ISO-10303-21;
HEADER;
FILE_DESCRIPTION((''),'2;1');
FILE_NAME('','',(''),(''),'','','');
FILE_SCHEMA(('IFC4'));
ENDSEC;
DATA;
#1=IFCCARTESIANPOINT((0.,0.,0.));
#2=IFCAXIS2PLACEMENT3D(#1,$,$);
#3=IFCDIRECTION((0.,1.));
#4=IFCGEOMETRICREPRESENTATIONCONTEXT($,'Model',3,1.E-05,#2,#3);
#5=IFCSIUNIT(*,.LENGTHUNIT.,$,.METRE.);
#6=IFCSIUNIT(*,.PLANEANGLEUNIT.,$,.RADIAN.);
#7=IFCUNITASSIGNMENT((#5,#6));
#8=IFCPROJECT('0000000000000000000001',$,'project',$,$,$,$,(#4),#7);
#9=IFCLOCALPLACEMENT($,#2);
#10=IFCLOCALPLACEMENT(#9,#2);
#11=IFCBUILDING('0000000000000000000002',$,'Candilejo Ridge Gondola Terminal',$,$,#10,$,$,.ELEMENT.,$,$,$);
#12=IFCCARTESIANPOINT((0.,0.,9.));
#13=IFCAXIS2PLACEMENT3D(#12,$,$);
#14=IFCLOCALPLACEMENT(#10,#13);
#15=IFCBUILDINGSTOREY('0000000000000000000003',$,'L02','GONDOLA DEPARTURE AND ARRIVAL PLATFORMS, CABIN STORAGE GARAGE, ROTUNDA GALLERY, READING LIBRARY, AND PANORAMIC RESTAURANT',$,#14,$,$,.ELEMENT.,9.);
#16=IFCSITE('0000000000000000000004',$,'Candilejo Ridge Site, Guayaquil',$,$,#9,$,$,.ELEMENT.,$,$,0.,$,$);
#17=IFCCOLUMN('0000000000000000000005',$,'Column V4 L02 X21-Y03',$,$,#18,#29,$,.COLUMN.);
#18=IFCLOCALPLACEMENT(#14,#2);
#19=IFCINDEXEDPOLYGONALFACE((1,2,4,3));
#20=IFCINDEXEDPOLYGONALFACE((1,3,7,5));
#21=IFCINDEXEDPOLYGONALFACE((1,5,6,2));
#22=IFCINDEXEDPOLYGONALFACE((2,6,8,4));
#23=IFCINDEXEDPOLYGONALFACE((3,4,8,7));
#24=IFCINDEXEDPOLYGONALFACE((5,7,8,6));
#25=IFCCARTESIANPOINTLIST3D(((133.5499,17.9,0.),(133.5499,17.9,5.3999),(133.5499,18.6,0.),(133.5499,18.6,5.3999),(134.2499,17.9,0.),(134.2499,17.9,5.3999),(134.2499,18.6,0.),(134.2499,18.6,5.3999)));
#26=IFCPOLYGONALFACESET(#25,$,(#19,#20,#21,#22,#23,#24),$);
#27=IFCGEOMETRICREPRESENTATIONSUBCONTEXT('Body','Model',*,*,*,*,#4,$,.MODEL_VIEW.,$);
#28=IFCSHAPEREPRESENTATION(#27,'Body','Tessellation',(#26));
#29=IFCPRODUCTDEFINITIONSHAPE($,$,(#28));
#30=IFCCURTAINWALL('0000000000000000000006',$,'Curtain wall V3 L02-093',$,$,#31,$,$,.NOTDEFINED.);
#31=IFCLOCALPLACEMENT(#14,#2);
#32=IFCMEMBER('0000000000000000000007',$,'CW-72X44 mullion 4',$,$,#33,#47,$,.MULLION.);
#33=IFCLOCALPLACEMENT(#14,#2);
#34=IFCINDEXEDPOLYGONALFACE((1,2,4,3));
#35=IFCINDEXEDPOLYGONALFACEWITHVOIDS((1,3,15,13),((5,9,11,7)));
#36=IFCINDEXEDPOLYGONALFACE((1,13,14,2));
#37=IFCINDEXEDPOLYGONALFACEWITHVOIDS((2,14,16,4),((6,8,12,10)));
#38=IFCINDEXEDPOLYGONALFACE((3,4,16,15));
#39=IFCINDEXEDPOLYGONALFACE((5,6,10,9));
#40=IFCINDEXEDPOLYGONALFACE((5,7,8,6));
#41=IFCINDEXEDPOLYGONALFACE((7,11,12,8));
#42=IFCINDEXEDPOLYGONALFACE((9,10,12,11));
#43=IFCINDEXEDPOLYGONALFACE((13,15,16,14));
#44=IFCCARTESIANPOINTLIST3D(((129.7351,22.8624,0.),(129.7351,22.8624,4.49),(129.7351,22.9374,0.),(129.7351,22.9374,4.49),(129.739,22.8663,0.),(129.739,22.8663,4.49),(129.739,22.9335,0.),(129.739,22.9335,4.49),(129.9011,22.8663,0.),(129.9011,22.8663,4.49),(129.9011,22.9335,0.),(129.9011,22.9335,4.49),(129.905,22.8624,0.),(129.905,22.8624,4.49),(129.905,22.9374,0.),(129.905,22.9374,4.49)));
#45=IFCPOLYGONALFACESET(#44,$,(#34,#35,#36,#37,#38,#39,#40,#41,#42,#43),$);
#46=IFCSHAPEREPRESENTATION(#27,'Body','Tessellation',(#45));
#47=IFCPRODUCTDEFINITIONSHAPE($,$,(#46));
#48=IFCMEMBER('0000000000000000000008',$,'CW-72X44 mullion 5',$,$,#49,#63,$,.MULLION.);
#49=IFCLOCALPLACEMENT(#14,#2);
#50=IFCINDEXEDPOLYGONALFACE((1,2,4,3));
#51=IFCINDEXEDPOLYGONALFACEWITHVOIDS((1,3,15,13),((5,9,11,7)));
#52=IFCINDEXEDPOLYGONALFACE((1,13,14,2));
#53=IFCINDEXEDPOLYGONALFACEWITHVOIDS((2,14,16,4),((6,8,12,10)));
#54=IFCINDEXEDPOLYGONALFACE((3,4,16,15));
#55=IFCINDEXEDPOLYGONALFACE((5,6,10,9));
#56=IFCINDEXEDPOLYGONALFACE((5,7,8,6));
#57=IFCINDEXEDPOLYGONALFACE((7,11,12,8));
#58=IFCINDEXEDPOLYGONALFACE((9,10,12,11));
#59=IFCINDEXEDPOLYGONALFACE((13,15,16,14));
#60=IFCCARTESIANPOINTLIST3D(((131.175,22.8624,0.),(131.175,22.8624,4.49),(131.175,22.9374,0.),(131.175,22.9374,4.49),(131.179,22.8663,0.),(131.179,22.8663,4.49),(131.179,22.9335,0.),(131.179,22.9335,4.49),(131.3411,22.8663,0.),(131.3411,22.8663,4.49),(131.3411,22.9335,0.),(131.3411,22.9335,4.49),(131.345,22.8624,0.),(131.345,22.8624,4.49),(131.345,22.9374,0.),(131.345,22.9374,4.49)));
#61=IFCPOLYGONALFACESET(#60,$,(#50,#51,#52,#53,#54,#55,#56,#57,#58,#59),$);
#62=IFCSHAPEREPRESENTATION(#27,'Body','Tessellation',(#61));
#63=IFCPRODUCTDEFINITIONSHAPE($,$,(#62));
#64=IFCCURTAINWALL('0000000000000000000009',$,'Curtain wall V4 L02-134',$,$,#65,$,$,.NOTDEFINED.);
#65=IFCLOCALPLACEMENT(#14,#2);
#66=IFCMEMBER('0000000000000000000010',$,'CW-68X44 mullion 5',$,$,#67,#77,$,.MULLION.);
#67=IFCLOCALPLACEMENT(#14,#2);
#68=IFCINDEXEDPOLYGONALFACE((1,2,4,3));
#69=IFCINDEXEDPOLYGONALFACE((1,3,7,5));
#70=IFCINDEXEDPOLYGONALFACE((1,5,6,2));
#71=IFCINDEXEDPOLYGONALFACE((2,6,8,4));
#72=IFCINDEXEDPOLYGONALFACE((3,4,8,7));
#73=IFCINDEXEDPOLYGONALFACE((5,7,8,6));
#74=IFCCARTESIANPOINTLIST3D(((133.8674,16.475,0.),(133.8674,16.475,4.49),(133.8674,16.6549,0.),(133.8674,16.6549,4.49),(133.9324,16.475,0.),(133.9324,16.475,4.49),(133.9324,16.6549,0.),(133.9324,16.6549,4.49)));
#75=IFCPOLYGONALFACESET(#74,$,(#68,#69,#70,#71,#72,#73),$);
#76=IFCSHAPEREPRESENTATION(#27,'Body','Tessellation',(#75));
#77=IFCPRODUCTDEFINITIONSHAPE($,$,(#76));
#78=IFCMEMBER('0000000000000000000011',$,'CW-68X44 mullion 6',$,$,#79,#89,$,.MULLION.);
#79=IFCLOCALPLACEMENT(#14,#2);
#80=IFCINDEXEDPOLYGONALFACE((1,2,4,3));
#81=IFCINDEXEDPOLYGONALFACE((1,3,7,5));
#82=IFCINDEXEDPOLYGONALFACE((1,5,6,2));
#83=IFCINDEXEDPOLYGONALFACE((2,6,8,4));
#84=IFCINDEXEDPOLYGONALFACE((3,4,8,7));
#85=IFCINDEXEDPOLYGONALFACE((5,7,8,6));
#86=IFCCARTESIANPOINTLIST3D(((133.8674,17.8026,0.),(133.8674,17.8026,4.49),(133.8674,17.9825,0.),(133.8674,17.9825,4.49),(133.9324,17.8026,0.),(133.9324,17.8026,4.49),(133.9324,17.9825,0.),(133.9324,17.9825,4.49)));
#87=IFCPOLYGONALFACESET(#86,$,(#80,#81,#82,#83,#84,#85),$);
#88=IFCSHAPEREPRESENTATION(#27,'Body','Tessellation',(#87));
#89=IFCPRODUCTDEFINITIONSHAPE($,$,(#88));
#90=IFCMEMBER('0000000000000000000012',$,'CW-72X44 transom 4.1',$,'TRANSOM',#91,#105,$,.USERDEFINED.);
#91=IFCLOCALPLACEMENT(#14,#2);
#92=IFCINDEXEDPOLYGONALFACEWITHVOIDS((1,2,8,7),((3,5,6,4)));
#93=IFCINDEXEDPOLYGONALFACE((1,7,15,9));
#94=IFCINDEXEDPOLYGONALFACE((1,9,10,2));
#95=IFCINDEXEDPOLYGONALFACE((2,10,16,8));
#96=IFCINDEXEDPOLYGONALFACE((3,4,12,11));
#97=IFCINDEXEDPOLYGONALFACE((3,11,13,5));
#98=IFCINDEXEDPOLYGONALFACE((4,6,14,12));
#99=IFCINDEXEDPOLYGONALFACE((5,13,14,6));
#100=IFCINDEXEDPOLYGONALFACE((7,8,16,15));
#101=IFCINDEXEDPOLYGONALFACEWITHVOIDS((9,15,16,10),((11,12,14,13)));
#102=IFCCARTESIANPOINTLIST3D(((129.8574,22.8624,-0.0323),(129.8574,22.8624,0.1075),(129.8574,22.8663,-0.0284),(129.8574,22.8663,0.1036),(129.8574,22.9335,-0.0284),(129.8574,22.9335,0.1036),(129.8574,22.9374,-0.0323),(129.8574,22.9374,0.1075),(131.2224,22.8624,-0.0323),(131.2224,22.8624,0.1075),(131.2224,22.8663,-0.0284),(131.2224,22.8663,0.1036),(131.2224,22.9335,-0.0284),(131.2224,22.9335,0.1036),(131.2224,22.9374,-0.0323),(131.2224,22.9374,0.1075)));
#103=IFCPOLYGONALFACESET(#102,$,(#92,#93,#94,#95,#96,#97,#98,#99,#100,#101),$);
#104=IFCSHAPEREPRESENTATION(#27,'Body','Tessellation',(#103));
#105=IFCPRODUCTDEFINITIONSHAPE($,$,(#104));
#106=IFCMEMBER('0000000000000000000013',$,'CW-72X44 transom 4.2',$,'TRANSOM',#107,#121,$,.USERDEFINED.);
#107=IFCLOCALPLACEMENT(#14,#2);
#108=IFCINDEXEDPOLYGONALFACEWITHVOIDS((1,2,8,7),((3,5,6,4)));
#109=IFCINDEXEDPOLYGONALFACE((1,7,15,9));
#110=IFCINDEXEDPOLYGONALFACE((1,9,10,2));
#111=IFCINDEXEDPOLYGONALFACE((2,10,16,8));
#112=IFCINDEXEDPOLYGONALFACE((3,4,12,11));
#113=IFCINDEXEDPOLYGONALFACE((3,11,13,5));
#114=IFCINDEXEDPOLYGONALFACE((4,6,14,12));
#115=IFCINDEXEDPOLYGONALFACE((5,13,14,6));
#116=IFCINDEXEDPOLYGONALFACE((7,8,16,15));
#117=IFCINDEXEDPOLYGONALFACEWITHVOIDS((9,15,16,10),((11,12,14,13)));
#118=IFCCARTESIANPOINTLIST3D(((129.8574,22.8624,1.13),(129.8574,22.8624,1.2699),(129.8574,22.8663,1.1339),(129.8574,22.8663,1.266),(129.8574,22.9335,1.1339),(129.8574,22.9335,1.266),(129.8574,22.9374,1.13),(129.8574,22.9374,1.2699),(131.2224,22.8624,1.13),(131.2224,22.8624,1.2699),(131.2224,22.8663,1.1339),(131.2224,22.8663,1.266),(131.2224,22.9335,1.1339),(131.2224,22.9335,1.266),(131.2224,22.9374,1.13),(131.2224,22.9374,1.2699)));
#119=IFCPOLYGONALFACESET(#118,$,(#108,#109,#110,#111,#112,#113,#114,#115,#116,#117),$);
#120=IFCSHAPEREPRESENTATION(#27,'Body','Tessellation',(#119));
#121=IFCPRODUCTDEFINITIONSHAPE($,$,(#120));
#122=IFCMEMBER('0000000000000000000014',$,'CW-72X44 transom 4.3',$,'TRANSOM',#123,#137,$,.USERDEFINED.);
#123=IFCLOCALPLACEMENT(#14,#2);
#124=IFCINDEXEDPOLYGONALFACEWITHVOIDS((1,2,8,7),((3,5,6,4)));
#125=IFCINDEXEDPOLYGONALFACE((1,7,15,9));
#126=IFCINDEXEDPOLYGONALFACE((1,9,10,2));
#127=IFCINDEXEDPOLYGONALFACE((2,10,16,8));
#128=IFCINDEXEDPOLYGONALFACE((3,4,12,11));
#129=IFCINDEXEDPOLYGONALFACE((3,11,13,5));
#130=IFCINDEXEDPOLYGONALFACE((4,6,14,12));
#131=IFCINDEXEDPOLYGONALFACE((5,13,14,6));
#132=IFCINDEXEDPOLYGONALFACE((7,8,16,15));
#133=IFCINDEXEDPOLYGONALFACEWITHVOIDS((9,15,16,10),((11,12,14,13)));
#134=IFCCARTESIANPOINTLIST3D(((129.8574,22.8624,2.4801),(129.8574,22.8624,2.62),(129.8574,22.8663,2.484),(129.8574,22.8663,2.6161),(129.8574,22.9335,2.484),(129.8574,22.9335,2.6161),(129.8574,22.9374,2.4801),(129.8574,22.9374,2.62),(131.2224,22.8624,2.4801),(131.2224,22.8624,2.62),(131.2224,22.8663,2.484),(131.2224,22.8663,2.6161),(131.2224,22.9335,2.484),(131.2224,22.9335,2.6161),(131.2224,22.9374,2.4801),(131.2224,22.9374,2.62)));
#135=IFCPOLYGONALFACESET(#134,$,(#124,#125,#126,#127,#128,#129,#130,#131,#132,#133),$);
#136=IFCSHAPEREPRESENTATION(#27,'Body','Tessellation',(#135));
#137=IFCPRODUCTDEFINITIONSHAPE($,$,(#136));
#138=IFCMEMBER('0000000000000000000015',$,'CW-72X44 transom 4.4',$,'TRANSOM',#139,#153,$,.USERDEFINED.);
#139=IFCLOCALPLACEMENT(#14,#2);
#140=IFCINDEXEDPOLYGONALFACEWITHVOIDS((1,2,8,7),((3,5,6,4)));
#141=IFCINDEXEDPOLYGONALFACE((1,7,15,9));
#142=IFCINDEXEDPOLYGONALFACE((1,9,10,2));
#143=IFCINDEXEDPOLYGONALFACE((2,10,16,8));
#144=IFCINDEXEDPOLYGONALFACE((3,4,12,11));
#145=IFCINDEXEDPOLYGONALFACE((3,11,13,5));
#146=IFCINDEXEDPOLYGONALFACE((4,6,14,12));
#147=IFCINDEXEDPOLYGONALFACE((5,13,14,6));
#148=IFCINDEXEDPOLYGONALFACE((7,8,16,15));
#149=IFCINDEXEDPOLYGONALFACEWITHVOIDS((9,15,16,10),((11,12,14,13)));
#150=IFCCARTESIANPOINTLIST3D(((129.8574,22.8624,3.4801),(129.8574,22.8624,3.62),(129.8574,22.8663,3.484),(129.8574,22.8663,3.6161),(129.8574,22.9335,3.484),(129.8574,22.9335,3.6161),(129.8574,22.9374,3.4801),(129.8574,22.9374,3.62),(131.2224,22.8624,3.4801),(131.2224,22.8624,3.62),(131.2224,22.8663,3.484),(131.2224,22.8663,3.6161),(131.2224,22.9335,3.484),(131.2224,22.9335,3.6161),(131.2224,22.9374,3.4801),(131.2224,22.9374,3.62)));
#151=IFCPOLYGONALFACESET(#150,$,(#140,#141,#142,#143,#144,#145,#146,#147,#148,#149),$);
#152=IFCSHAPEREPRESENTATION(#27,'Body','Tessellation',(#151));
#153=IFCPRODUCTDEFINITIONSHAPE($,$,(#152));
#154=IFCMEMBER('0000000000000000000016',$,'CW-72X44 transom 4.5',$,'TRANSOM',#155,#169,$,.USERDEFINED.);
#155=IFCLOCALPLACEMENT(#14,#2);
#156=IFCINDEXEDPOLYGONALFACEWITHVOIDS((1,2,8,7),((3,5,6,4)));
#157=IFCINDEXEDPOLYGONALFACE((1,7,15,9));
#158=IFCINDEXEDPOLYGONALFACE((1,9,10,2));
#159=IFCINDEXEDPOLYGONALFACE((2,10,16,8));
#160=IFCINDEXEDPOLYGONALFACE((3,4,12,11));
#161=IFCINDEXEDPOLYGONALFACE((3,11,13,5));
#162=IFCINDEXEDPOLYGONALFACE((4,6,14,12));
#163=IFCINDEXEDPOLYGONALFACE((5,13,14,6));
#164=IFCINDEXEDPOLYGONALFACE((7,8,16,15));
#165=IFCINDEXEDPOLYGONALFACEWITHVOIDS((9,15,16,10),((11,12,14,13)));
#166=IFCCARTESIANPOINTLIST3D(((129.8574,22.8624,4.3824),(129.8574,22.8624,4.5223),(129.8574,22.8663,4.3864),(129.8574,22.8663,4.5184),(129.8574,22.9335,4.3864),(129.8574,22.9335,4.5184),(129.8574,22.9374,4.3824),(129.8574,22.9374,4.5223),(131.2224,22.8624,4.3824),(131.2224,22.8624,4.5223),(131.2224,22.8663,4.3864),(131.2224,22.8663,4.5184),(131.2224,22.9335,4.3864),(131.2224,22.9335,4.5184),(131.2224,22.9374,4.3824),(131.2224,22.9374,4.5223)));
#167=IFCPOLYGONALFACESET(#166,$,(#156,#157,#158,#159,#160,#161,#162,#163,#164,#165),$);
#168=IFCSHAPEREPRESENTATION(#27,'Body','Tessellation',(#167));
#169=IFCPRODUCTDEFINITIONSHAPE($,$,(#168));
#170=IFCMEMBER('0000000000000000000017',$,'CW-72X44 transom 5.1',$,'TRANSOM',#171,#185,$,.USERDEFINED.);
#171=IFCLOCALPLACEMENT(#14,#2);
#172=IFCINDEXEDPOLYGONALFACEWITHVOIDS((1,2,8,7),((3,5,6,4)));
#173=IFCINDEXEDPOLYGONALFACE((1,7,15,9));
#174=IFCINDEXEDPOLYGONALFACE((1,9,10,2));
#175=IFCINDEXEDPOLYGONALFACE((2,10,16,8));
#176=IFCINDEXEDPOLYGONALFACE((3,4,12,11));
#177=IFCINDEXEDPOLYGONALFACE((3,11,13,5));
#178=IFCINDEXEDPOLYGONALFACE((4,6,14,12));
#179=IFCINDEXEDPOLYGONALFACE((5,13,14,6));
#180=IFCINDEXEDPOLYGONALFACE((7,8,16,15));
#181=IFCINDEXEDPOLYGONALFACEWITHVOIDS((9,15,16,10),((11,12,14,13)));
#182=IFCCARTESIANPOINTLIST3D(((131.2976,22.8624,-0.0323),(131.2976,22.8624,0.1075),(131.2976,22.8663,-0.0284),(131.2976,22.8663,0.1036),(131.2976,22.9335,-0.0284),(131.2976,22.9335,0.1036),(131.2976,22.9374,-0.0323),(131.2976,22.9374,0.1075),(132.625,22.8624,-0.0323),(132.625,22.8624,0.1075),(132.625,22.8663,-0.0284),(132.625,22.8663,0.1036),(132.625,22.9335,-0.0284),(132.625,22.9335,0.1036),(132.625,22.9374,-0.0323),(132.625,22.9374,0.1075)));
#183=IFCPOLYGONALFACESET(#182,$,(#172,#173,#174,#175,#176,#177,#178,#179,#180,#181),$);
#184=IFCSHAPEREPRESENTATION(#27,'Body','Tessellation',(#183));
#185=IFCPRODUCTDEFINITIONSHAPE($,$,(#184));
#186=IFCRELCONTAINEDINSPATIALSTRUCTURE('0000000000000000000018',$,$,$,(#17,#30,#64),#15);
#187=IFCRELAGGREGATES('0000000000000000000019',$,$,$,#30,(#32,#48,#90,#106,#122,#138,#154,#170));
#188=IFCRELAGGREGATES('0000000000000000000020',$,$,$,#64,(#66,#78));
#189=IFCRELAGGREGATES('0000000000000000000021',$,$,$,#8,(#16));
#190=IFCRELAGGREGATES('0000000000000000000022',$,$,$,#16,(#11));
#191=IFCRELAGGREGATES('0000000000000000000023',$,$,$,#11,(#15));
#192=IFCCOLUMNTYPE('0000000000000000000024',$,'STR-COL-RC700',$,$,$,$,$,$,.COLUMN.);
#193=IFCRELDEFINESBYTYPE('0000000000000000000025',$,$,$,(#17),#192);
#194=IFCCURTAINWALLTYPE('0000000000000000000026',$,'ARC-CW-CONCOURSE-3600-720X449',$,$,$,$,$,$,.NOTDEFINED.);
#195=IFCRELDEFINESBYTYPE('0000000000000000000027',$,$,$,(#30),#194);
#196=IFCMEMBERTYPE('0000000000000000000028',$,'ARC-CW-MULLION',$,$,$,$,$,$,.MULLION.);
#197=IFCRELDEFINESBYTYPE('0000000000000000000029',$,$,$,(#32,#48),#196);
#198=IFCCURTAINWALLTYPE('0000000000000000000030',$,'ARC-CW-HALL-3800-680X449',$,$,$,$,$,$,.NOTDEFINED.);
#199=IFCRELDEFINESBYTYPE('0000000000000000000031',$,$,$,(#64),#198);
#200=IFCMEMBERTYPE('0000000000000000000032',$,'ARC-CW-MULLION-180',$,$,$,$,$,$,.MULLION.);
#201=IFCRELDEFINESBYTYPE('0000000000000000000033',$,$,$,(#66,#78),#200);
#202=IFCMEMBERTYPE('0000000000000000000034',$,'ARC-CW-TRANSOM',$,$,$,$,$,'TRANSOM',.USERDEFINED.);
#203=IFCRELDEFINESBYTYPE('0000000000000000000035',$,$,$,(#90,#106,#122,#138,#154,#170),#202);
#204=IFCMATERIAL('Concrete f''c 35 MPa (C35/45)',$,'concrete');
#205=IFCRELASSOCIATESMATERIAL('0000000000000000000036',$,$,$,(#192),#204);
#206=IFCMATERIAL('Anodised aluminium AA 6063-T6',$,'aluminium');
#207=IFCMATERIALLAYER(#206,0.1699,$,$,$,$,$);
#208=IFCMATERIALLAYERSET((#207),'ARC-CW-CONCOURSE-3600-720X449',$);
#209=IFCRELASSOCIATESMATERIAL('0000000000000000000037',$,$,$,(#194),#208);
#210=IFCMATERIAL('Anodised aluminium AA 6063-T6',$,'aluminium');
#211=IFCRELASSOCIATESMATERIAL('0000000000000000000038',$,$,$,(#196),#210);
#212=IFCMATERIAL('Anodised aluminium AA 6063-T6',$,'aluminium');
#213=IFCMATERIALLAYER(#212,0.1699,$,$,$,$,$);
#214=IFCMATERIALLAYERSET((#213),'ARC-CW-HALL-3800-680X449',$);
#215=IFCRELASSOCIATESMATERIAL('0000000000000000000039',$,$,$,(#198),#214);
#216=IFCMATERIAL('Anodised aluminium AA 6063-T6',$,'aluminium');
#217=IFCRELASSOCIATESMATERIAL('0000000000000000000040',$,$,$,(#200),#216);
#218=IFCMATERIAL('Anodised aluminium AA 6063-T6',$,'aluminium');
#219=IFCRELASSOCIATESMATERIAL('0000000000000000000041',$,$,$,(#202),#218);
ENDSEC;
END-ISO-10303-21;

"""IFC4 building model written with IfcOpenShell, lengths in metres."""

from ifc_helpers import new_model, si_unit, direction, frame, origin, origin_2d, place, context, subcontext, project, spatial, rectangle, hollow_rectangle, extrude, material, layer, layer_set, material_profile, profile_set, type_object, element, aggregate, save


model = new_model("IFC4")

# Units and contexts
model_context = context("Model", 3, precision=1e-05, world=origin(), true_north=direction((0.0, 1.0)))
body_context = subcontext(model_context, "Body", "Model", "MODEL_VIEW")
ifc_project = project(units=[si_unit("LENGTHUNIT", "METRE"), si_unit("PLANEANGLEUNIT", "RADIAN")], contexts=[model_context])

# Site, building, storey
site_placement = place(None, origin())
site = spatial("IfcSite", under=ifc_project, at=site_placement, Name="Candilejo Ridge Site, Guayaquil", CompositionType="ELEMENT", RefElevation=0.0)
building_placement = place(site_placement, origin())
building = spatial("IfcBuilding", under=site, at=building_placement, Name="Candilejo Ridge Gondola Terminal", CompositionType="ELEMENT")
storey_placement = place(building_placement, frame((0.0, 0.0, 9.0)))
storey = spatial("IfcBuildingStorey", under=building, at=storey_placement, Name="L02", Description="GONDOLA DEPARTURE AND ARRIVAL PLATFORMS, CABIN STORAGE GARAGE, ROTUNDA GALLERY, READING LIBRARY, AND PANORAMIC RESTAURANT", CompositionType="ELEMENT", Elevation=9.0)

# Column
ifc_material_1 = material(Name="Concrete f'c 35 MPa (C35/45)", Category="concrete")
ifc_material_profile_1 = material_profile(ifc_material_1, rectangle(XDim=0.7, YDim=0.7, at=origin_2d()))
ifc_profile_set_1 = profile_set([ifc_material_profile_1], Name="Concrete f'c 35 MPa (C35/45)")
column_type = type_object("IfcColumnType", Name="STR-COL-RC700", PredefinedType="COLUMN", material=ifc_profile_set_1)
column_placement = place(storey_placement, frame((133.8999, 18.25, 0.0), z_axis=(0.0, 0.0, 1.0), x_axis=(1.0, 0.0, 0.0)))
element("IfcColumn", 1, at=column_placement, inside=storey, type_object=column_type, Name="Column V4 L02 X21-Y03", PredefinedType="COLUMN", context=body_context, shape_type="SweptSolid", body=[
    extrude(rectangle(XDim=0.7, YDim=0.7, at=origin_2d()), origin(), (0.0, 0.0, 1.0), 5.3999),
])

# Curtain walls, members
ifc_material_2 = material(Name="Anodised aluminium AA 6063-T6", Category="aluminium")
ifc_layer_1 = layer(ifc_material_2, 0.1699)
ifc_layer_set_1 = layer_set([ifc_layer_1], Name="ARC-CW-CONCOURSE-3600-720X449")
curtain_wall_type_1 = type_object("IfcCurtainWallType", Name="ARC-CW-CONCOURSE-3600-720X449", PredefinedType="NOTDEFINED", material=ifc_layer_set_1)
curtain_wall_1_placement = place(storey_placement, origin())
curtain_wall_1 = element("IfcCurtainWall", 2, at=curtain_wall_1_placement, inside=storey, type_object=curtain_wall_type_1, Name="Curtain wall V3 L02-093", PredefinedType="NOTDEFINED")
ifc_material_3 = material(Name="Anodised aluminium AA 6063-T6", Category="aluminium")
ifc_material_profile_2 = material_profile(ifc_material_3, hollow_rectangle(XDim=0.075, YDim=0.1699, WallThickness=0.0039, at=origin_2d()))
ifc_profile_set_2 = profile_set([ifc_material_profile_2], Name="Anodised aluminium AA 6063-T6")
member_type_1 = type_object("IfcMemberType", Name="ARC-CW-MULLION", PredefinedType="MULLION", material=ifc_profile_set_2)
member_1_placement = place(storey_placement, frame((129.8201, 22.8999, 0.0), z_axis=(0.0, 0.0, 1.0), x_axis=(0.0, 1.0, 0.0)))
member_1 = element("IfcMember", 3, at=member_1_placement, type_object=member_type_1, Name="CW-72X44 mullion 4", PredefinedType="MULLION", context=body_context, shape_type="SweptSolid", body=[
    extrude(hollow_rectangle(XDim=0.075, YDim=0.1699, WallThickness=0.0039, at=origin_2d()), origin(), (0.0, 0.0, 1.0), 4.49),
])
member_2_placement = place(storey_placement, frame((131.26, 22.8999, 0.0), z_axis=(0.0, 0.0, 1.0), x_axis=(0.0, 1.0, 0.0)))
member_2 = element("IfcMember", 4, at=member_2_placement, type_object=member_type_1, Name="CW-72X44 mullion 5", PredefinedType="MULLION", context=body_context, shape_type="SweptSolid", body=[
    extrude(hollow_rectangle(XDim=0.075, YDim=0.1699, WallThickness=0.0039, at=origin_2d()), origin(), (0.0, 0.0, 1.0), 4.49),
])
ifc_material_4 = material(Name="Anodised aluminium AA 6063-T6", Category="aluminium")
ifc_layer_2 = layer(ifc_material_4, 0.1699)
ifc_layer_set_2 = layer_set([ifc_layer_2], Name="ARC-CW-HALL-3800-680X449")
curtain_wall_type_2 = type_object("IfcCurtainWallType", Name="ARC-CW-HALL-3800-680X449", PredefinedType="NOTDEFINED", material=ifc_layer_set_2)
curtain_wall_2_placement = place(storey_placement, origin())
curtain_wall_2 = element("IfcCurtainWall", 5, at=curtain_wall_2_placement, inside=storey, type_object=curtain_wall_type_2, Name="Curtain wall V4 L02-134", PredefinedType="NOTDEFINED")
ifc_material_5 = material(Name="Anodised aluminium AA 6063-T6", Category="aluminium")
ifc_material_profile_3 = material_profile(ifc_material_5, rectangle(XDim=0.0649, YDim=0.1799, at=origin_2d()))
ifc_profile_set_3 = profile_set([ifc_material_profile_3], Name="Anodised aluminium AA 6063-T6")
member_type_2 = type_object("IfcMemberType", Name="ARC-CW-MULLION-180", PredefinedType="MULLION", material=ifc_profile_set_3)
member_3_placement = place(storey_placement, frame((133.8999, 16.5649, 0.0), z_axis=(0.0, 0.0, 1.0), x_axis=(-1.0, 0.0, 0.0)))
member_3 = element("IfcMember", 6, at=member_3_placement, type_object=member_type_2, Name="CW-68X44 mullion 5", PredefinedType="MULLION", context=body_context, shape_type="SweptSolid", body=[
    extrude(rectangle(XDim=0.0649, YDim=0.1799, at=origin_2d()), origin(), (0.0, 0.0, 1.0), 4.49),
])
member_4_placement = place(storey_placement, frame((133.8999, 17.8926, 0.0), z_axis=(0.0, 0.0, 1.0), x_axis=(-1.0, 0.0, 0.0)))
member_4 = element("IfcMember", 7, at=member_4_placement, type_object=member_type_2, Name="CW-68X44 mullion 6", PredefinedType="MULLION", context=body_context, shape_type="SweptSolid", body=[
    extrude(rectangle(XDim=0.0649, YDim=0.1799, at=origin_2d()), origin(), (0.0, 0.0, 1.0), 4.49),
])

# Members
ifc_material_6 = material(Name="Anodised aluminium AA 6063-T6", Category="aluminium")
ifc_material_profile_4 = material_profile(ifc_material_6, hollow_rectangle(XDim=0.075, YDim=0.1399, WallThickness=0.0039, at=origin_2d()))
ifc_profile_set_4 = profile_set([ifc_material_profile_4], Name="Anodised aluminium AA 6063-T6")
member_type_3 = type_object("IfcMemberType", Name="ARC-CW-TRANSOM", ElementType="TRANSOM", PredefinedType="USERDEFINED", material=ifc_profile_set_4)
member_5_placement = place(storey_placement, frame((129.8574, 22.8999, 0.0376), z_axis=(1.0, 0.0, 0.0), x_axis=(0.0, 1.0, 0.0)))
member_5 = element("IfcMember", 8, at=member_5_placement, type_object=member_type_3, Name="CW-72X44 transom 4.1", ObjectType="TRANSOM", PredefinedType="USERDEFINED", context=body_context, shape_type="SweptSolid", body=[
    extrude(hollow_rectangle(XDim=0.075, YDim=0.1399, WallThickness=0.0039, at=origin_2d()), origin(), (0.0, 0.0, 1.0), 1.365),
])
member_6_placement = place(storey_placement, frame((129.8574, 22.8999, 1.2), z_axis=(1.0, 0.0, 0.0), x_axis=(0.0, 1.0, 0.0)))
member_6 = element("IfcMember", 9, at=member_6_placement, type_object=member_type_3, Name="CW-72X44 transom 4.2", ObjectType="TRANSOM", PredefinedType="USERDEFINED", context=body_context, shape_type="SweptSolid", body=[
    extrude(hollow_rectangle(XDim=0.075, YDim=0.1399, WallThickness=0.0039, at=origin_2d()), origin(), (0.0, 0.0, 1.0), 1.365),
])
member_7_placement = place(storey_placement, frame((129.8574, 22.8999, 2.55), z_axis=(1.0, 0.0, 0.0), x_axis=(0.0, 1.0, 0.0)))
member_7 = element("IfcMember", 10, at=member_7_placement, type_object=member_type_3, Name="CW-72X44 transom 4.3", ObjectType="TRANSOM", PredefinedType="USERDEFINED", context=body_context, shape_type="SweptSolid", body=[
    extrude(hollow_rectangle(XDim=0.075, YDim=0.1399, WallThickness=0.0039, at=origin_2d()), origin(), (0.0, 0.0, 1.0), 1.365),
])
member_8_placement = place(storey_placement, frame((129.8574, 22.8999, 3.55), z_axis=(1.0, 0.0, 0.0), x_axis=(0.0, 1.0, 0.0)))
member_8 = element("IfcMember", 11, at=member_8_placement, type_object=member_type_3, Name="CW-72X44 transom 4.4", ObjectType="TRANSOM", PredefinedType="USERDEFINED", context=body_context, shape_type="SweptSolid", body=[
    extrude(hollow_rectangle(XDim=0.075, YDim=0.1399, WallThickness=0.0039, at=origin_2d()), origin(), (0.0, 0.0, 1.0), 1.365),
])
member_9_placement = place(storey_placement, frame((129.8574, 22.8999, 4.4524), z_axis=(1.0, 0.0, 0.0), x_axis=(0.0, 1.0, 0.0)))
member_9 = element("IfcMember", 12, at=member_9_placement, type_object=member_type_3, Name="CW-72X44 transom 4.5", ObjectType="TRANSOM", PredefinedType="USERDEFINED", context=body_context, shape_type="SweptSolid", body=[
    extrude(hollow_rectangle(XDim=0.075, YDim=0.1399, WallThickness=0.0039, at=origin_2d()), origin(), (0.0, 0.0, 1.0), 1.365),
])
member_10_placement = place(storey_placement, frame((131.2976, 22.8999, 0.0376), z_axis=(1.0, 0.0, 0.0), x_axis=(0.0, 1.0, 0.0)))
member_10 = element("IfcMember", 13, at=member_10_placement, type_object=member_type_3, Name="CW-72X44 transom 5.1", ObjectType="TRANSOM", PredefinedType="USERDEFINED", context=body_context, shape_type="SweptSolid", body=[
    extrude(hollow_rectangle(XDim=0.075, YDim=0.1399, WallThickness=0.0039, at=origin_2d()), origin(), (0.0, 0.0, 1.0), 1.3274),
])

aggregate(curtain_wall_1, [member_1, member_2, member_5, member_6, member_7, member_8, member_9, member_10])
aggregate(curtain_wall_2, [member_3, member_4])

save(model, "model.ifc")
